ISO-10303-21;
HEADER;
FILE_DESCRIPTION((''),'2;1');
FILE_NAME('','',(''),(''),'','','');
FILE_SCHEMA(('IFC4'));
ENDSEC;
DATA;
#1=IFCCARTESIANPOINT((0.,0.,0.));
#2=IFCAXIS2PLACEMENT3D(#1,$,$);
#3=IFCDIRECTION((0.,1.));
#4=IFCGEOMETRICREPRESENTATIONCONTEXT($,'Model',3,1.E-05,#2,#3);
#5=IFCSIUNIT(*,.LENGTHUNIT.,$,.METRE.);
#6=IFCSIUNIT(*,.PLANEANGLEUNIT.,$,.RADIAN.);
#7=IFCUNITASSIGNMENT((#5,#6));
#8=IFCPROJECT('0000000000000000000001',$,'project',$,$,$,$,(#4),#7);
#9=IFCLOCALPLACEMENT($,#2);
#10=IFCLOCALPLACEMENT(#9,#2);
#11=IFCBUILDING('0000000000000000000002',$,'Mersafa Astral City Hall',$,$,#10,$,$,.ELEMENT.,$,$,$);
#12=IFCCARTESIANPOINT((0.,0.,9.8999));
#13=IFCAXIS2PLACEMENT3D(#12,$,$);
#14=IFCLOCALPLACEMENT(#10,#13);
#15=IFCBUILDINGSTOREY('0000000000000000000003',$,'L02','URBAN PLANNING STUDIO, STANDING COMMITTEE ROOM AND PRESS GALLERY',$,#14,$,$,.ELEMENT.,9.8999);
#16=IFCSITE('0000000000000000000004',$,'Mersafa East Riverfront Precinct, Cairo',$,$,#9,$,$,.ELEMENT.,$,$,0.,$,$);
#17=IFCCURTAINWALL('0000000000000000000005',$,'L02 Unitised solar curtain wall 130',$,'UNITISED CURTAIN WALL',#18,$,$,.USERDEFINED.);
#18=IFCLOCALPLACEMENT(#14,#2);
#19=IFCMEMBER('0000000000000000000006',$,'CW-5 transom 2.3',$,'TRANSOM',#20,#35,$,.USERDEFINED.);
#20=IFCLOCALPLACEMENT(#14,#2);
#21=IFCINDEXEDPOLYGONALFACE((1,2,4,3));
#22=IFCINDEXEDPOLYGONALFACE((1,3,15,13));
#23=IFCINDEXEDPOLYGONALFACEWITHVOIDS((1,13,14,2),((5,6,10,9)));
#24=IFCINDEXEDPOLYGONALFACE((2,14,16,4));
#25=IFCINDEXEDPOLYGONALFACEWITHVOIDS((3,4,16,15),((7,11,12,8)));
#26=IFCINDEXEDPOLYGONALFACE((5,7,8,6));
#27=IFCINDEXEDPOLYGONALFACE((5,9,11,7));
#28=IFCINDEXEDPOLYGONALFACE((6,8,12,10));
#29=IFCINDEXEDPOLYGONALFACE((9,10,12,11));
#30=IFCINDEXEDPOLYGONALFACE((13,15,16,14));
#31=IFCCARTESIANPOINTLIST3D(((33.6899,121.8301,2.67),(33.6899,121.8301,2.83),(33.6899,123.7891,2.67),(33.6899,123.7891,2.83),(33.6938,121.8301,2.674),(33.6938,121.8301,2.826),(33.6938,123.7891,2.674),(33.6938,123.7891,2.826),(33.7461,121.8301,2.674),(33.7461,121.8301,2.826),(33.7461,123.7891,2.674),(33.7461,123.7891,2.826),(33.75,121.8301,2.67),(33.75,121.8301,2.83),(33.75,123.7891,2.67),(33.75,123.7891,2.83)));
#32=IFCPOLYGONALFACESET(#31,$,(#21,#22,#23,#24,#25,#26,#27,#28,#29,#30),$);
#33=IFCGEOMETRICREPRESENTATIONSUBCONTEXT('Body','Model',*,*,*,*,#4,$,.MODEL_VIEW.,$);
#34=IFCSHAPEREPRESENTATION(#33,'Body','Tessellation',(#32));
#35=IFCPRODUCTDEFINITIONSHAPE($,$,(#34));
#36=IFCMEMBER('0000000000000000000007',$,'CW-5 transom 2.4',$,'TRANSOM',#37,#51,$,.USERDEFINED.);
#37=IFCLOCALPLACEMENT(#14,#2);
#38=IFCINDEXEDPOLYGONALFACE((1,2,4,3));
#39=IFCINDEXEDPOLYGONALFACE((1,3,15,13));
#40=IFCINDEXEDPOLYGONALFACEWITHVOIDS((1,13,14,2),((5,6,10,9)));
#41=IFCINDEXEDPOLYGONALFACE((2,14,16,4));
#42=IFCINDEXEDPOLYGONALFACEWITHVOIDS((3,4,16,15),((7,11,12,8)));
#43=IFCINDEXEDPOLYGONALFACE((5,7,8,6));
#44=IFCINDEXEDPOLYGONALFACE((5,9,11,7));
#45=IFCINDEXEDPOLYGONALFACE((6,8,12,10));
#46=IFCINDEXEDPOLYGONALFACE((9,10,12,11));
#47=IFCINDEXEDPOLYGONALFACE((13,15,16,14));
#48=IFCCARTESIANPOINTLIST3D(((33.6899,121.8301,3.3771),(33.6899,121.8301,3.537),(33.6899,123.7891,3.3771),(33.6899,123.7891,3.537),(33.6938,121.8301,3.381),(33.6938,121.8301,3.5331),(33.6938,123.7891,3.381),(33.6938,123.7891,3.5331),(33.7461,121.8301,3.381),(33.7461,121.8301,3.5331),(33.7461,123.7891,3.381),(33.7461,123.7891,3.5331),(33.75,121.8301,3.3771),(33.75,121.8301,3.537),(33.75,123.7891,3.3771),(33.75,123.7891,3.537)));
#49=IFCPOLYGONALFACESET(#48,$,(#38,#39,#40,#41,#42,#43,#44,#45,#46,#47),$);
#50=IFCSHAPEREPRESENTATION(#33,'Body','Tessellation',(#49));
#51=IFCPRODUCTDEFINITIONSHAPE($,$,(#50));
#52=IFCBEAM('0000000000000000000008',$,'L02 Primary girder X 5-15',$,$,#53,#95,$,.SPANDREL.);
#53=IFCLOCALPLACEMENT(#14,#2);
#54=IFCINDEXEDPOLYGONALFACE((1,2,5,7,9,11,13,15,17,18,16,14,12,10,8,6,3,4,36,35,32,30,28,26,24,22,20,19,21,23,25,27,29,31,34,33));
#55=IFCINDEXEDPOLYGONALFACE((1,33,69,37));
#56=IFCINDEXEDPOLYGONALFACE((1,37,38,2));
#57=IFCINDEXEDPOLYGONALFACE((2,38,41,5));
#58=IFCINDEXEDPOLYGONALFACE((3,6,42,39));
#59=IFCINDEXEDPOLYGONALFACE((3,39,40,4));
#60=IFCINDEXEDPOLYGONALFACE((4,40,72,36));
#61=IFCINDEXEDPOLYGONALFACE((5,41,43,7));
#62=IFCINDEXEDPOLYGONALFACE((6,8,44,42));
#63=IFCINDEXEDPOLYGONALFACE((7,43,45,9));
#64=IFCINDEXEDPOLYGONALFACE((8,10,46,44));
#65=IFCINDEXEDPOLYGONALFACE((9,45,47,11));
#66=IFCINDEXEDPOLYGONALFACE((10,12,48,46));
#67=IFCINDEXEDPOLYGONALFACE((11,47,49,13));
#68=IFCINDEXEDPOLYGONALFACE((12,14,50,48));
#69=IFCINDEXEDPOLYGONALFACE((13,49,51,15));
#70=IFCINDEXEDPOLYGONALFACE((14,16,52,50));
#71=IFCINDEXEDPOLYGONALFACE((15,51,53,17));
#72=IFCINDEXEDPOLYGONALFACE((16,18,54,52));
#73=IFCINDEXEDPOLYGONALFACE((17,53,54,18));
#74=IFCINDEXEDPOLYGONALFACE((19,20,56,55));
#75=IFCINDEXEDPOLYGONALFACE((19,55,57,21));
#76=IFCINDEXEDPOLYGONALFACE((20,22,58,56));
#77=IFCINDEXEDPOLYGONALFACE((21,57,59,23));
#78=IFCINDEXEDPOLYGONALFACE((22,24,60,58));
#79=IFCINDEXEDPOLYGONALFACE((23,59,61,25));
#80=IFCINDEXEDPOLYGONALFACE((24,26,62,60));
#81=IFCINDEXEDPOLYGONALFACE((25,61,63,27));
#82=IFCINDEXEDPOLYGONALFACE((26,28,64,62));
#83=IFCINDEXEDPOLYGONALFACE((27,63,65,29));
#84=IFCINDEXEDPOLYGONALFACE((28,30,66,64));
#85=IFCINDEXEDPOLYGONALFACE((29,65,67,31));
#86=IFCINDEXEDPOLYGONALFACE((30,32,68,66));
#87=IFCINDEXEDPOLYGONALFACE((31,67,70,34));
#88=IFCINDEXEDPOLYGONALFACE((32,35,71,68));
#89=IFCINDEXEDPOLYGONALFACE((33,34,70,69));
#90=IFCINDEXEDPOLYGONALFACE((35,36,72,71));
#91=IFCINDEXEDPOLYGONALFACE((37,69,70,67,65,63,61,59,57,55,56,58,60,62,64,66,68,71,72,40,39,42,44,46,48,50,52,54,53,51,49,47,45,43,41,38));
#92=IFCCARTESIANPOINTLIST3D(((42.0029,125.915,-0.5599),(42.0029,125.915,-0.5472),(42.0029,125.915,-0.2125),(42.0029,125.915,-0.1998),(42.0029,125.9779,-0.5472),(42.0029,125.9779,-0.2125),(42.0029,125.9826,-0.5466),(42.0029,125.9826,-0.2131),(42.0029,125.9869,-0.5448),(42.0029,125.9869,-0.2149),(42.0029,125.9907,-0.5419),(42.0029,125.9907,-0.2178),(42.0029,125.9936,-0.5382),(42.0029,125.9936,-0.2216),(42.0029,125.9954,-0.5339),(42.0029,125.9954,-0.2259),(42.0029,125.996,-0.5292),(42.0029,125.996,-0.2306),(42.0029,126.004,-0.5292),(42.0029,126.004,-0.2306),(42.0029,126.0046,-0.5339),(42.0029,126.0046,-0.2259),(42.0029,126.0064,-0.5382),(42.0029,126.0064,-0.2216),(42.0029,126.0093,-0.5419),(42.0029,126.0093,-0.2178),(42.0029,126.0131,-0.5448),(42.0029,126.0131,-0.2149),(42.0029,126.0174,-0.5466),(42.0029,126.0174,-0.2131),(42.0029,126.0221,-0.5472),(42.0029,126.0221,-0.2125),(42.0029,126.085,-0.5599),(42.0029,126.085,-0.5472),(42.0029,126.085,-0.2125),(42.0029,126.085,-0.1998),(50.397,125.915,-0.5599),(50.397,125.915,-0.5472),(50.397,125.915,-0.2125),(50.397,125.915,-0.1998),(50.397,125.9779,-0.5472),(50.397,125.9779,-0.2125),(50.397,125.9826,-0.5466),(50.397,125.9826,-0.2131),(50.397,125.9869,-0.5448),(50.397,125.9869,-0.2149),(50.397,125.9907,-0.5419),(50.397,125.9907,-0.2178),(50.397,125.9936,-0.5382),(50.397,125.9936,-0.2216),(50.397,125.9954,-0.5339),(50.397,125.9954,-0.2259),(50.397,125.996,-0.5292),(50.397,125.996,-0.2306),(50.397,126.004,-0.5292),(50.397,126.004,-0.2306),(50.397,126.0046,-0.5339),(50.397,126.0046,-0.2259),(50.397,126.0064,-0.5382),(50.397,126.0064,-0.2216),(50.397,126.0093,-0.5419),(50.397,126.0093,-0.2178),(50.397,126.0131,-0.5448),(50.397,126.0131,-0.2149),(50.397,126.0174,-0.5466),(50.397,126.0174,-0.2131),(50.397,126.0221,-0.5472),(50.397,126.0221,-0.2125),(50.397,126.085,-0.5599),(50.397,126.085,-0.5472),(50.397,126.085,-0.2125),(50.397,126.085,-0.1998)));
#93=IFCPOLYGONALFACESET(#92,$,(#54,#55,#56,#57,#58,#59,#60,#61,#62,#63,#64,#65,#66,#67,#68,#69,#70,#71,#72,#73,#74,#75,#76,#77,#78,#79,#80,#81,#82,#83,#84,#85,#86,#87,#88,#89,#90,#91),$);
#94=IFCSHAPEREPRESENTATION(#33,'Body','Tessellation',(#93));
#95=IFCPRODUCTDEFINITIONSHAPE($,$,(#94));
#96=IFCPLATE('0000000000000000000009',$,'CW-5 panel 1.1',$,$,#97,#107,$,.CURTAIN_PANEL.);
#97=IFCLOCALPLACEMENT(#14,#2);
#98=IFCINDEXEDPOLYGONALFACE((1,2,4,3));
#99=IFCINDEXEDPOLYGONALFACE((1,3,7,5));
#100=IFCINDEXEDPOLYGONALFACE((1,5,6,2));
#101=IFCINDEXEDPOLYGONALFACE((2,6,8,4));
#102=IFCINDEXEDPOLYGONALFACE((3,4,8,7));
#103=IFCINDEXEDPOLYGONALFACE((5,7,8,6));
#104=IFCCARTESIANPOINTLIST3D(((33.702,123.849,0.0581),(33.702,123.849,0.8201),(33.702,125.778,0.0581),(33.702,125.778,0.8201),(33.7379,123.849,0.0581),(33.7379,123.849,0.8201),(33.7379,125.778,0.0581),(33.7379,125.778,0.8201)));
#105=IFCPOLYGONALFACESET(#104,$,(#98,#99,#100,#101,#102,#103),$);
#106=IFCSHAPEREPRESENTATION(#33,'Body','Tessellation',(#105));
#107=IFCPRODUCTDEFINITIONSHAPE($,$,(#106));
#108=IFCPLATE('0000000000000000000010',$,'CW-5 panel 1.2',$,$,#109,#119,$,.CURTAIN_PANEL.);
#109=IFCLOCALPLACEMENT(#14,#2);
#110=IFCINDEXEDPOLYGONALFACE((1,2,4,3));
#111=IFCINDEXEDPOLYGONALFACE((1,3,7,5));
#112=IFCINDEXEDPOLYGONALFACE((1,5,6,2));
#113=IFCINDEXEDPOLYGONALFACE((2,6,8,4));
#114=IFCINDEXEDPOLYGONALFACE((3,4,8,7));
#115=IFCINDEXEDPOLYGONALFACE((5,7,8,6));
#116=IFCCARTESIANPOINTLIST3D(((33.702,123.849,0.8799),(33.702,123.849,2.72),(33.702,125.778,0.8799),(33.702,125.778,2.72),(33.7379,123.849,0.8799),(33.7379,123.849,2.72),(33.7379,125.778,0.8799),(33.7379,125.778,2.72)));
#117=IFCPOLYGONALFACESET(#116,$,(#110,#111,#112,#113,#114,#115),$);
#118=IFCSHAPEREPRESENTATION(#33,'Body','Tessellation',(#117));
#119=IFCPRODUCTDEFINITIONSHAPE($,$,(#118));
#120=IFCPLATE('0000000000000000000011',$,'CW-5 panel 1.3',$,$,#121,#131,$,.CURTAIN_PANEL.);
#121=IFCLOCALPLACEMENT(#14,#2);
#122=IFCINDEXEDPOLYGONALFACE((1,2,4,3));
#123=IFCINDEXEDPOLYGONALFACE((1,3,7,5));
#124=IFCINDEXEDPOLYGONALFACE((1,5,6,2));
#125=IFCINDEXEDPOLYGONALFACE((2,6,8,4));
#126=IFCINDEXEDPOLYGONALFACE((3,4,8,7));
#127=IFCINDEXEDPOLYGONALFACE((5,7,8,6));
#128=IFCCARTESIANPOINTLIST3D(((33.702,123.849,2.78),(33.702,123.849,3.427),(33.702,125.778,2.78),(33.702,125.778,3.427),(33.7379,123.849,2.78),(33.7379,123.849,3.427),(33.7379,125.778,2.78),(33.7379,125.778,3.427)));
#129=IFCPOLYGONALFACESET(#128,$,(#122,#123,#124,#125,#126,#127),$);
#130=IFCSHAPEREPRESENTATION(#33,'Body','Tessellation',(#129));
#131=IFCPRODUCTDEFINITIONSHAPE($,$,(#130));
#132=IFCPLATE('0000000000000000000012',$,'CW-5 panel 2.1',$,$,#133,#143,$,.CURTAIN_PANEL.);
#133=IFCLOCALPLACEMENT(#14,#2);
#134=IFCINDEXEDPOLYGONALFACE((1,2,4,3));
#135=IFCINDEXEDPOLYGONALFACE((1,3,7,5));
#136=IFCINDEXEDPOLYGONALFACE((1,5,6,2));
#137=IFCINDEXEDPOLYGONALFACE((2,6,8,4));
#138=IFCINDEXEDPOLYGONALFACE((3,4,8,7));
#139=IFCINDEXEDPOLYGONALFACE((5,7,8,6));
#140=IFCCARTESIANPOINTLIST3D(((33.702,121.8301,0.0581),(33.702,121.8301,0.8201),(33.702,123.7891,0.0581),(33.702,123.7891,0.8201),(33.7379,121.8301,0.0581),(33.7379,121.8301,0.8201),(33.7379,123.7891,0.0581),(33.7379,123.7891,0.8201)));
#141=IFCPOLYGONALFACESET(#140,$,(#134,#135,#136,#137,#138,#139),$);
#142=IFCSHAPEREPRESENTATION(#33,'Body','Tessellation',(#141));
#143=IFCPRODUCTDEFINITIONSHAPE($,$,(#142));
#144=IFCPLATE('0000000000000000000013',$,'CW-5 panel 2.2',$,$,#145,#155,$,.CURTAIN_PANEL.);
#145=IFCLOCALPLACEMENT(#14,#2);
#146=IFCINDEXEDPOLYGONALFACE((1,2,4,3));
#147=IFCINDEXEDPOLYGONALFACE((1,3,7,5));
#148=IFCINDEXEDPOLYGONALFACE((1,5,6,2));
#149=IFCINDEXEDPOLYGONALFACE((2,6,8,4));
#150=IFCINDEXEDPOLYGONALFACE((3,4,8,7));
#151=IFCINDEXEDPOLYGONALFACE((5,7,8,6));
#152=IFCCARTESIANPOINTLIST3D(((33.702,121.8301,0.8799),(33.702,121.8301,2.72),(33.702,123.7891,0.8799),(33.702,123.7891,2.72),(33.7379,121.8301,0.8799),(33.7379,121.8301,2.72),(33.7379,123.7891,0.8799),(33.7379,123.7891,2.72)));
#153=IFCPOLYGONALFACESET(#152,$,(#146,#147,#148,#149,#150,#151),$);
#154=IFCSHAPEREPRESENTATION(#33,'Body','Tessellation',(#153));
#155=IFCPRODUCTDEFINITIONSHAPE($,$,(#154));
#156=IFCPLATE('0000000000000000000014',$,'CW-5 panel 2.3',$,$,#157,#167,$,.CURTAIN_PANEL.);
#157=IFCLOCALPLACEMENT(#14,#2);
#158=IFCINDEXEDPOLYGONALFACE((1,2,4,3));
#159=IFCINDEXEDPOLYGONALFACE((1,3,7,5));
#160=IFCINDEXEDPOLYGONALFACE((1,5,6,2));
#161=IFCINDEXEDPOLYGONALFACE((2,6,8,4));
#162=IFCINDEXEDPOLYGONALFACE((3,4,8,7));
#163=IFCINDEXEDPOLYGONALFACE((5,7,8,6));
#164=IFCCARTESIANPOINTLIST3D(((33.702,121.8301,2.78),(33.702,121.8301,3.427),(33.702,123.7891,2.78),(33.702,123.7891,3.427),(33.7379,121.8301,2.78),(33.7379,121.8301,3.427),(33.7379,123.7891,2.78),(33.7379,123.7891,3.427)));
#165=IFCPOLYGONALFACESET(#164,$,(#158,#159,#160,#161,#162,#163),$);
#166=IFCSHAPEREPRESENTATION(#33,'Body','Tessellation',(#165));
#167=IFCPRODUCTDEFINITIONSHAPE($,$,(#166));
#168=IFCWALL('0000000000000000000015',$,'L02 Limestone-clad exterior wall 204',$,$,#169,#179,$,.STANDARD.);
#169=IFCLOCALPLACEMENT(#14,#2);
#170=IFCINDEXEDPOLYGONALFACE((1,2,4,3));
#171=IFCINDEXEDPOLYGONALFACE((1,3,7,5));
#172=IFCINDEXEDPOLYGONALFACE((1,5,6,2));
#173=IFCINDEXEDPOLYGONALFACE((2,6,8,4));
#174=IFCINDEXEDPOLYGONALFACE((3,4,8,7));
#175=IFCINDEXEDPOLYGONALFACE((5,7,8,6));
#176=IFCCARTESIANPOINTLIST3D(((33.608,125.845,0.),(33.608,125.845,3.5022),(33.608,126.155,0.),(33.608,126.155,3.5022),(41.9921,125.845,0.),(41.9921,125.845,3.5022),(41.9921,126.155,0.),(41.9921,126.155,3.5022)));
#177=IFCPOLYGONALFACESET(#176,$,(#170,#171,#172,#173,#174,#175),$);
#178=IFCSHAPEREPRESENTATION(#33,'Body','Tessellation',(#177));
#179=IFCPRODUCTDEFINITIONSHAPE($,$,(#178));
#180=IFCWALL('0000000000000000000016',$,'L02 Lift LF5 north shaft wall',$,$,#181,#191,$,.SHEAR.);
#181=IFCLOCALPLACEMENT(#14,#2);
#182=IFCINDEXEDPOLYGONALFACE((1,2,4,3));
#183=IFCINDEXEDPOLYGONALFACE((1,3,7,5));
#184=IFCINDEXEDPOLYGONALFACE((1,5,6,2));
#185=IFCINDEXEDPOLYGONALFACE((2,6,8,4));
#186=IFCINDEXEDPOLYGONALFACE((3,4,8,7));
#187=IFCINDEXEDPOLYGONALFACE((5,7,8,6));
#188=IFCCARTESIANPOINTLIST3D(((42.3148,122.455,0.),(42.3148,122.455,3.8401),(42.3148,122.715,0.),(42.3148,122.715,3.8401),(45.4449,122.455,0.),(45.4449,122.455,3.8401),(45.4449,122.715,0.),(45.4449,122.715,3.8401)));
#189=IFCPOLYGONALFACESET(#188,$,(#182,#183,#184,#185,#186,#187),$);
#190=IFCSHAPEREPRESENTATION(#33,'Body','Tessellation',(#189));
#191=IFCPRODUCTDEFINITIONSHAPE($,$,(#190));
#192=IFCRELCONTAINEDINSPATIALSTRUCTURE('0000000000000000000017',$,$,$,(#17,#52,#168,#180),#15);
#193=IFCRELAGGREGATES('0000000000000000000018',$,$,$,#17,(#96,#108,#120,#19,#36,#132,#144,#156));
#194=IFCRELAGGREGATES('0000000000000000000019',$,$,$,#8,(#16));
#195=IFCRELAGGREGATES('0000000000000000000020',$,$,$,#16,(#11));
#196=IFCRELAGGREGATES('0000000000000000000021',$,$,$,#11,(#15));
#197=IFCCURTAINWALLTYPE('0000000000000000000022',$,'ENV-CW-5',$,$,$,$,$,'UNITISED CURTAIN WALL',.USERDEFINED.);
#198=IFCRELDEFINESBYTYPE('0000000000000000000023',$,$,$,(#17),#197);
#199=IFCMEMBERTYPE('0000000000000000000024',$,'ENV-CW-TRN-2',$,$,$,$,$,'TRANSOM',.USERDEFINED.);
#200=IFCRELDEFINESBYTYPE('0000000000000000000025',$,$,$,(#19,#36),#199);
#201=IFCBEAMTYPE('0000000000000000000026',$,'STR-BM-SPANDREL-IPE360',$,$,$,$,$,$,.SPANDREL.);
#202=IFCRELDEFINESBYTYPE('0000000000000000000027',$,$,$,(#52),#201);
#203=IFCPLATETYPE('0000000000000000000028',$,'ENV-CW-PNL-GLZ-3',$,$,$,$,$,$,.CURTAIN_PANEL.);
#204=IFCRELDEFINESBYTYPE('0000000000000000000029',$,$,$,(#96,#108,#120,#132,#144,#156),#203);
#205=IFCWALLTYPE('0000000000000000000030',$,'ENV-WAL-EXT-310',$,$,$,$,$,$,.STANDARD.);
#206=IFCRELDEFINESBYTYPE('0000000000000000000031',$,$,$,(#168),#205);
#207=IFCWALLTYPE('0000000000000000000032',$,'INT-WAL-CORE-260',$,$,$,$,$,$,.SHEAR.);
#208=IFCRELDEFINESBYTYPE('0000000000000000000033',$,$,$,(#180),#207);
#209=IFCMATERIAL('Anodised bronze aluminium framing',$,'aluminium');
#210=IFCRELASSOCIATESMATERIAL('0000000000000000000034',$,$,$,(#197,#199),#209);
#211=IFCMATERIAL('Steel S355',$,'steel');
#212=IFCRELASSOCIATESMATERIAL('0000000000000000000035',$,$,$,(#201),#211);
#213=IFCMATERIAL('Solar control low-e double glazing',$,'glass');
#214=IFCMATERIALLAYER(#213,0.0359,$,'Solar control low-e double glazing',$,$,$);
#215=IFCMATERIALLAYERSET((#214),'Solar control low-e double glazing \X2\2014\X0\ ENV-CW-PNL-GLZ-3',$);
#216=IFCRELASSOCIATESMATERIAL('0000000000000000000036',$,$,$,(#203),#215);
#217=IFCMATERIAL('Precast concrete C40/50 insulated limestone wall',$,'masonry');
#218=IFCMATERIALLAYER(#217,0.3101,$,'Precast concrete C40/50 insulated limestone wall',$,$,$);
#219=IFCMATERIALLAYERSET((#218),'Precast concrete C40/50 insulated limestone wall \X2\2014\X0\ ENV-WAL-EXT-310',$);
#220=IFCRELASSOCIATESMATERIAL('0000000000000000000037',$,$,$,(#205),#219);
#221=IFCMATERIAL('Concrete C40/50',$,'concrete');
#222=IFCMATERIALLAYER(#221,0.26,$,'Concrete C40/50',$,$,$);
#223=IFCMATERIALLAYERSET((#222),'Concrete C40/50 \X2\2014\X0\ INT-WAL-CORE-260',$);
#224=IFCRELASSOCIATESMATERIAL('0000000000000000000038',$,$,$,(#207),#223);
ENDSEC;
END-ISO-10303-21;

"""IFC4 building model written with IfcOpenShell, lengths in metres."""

from ifc_helpers import new_model, si_unit, direction, frame, frame_2d, origin, origin_2d, place, context, subcontext, project, spatial, rectangle, hollow_rectangle, i_section, extrude, material, layer, layer_set, material_profile, profile_set, type_object, element, aggregate, save


model = new_model("IFC4")

# Units and contexts
model_context = context("Model", 3, precision=1e-05, world=origin(), true_north=direction((0.0, 1.0)))
body_context = subcontext(model_context, "Body", "Model", "MODEL_VIEW")
ifc_project = project(units=[si_unit("LENGTHUNIT", "METRE"), si_unit("PLANEANGLEUNIT", "RADIAN")], contexts=[model_context])

# Site, building, storey
site_placement = place(None, origin())
site = spatial("IfcSite", under=ifc_project, at=site_placement, Name="Mersafa East Riverfront Precinct, Cairo", CompositionType="ELEMENT", RefElevation=0.0)
building_placement = place(site_placement, origin())
building = spatial("IfcBuilding", under=site, at=building_placement, Name="Mersafa Astral City Hall", CompositionType="ELEMENT")
storey_placement = place(building_placement, frame((0.0, 0.0, 9.8999)))
storey = spatial("IfcBuildingStorey", under=building, at=storey_placement, Name="L02", Description="URBAN PLANNING STUDIO, STANDING COMMITTEE ROOM AND PRESS GALLERY", CompositionType="ELEMENT", Elevation=9.8999)

# Shared definitions
ifc_material_1 = material(Name="Steel S355", Category="steel")

# Curtain wall, members
ifc_material_2 = material(Name="Anodised bronze aluminium framing", Category="aluminium")
curtain_wall_type = type_object("IfcCurtainWallType", Name="ENV-CW-5", ElementType="UNITISED CURTAIN WALL", PredefinedType="USERDEFINED", material=ifc_material_2)
curtain_wall_placement = place(storey_placement, origin())
curtain_wall = element("IfcCurtainWall", 1, at=curtain_wall_placement, inside=storey, type_object=curtain_wall_type, Name="L02 Unitised solar curtain wall 130", ObjectType="UNITISED CURTAIN WALL", PredefinedType="USERDEFINED")
ifc_material_profile_1 = material_profile(ifc_material_2, hollow_rectangle(XDim=0.0601, YDim=0.1599, WallThickness=0.0039, at=origin_2d()), Name="RHS 60x160x4")
ifc_profile_set_1 = profile_set([ifc_material_profile_1], Name="Anodised bronze aluminium framing")
member_type_1 = type_object("IfcMemberType", Name="ENV-CW-TRN-2", ElementType="TRANSOM", PredefinedType="USERDEFINED", material=ifc_profile_set_1)
member_1_placement = place(storey_placement, frame((33.72, 123.7891, 2.75), z_axis=(0.0, -1.0, 0.0), x_axis=(1.0, 0.0, 0.0)))
member_1 = element("IfcMember", 2, at=member_1_placement, type_object=member_type_1, Name="CW-5 transom 2.3", ObjectType="TRANSOM", PredefinedType="USERDEFINED", context=body_context, shape_type="SweptSolid", body=[
    extrude(hollow_rectangle(XDim=0.0601, YDim=0.1599, WallThickness=0.0039, at=origin_2d()), origin(), (0.0, 0.0, 1.0), 1.959),
])
member_2_placement = place(storey_placement, frame((33.72, 123.7891, 3.457), z_axis=(0.0, -1.0, 0.0), x_axis=(1.0, 0.0, 0.0)))
member_2 = element("IfcMember", 3, at=member_2_placement, type_object=member_type_1, Name="CW-5 transom 2.4", ObjectType="TRANSOM", PredefinedType="USERDEFINED", context=body_context, shape_type="SweptSolid", body=[
    extrude(hollow_rectangle(XDim=0.0601, YDim=0.1599, WallThickness=0.0039, at=origin_2d()), origin(), (0.0, 0.0, 1.0), 1.959),
])

# Beam
ifc_material_profile_2 = material_profile(ifc_material_1, i_section(OverallWidth=0.1699, OverallDepth=0.3601, WebThickness=0.0081, FlangeThickness=0.0127, FilletRadius=0.0181, at=origin_2d()), Name="IPE 360")
ifc_profile_set_2 = profile_set([ifc_material_profile_2], Name="Steel S355")
beam_type = type_object("IfcBeamType", Name="STR-BM-SPANDREL-IPE360", PredefinedType="SPANDREL", material=ifc_profile_set_2)
beam_placement = place(storey_placement, frame((42.0029, 126.0, -0.3799), z_axis=(1.0, 0.0, 0.0), x_axis=(0.0, 1.0, 0.0)))
element("IfcBeam", 4, at=beam_placement, inside=storey, type_object=beam_type, Name="L02 Primary girder X 5-15", PredefinedType="SPANDREL", context=body_context, shape_type="SweptSolid", body=[
    extrude(i_section(OverallWidth=0.1699, OverallDepth=0.3601, WebThickness=0.0081, FlangeThickness=0.0127, FilletRadius=0.0181, at=origin_2d()), origin(), (0.0, 0.0, 1.0), 8.394),
])

# Plates
ifc_material_3 = material(Name="Solar control low-e double glazing", Category="glass")
ifc_layer_1 = layer(ifc_material_3, 0.0359, Name="Solar control low-e double glazing")
ifc_layer_set_1 = layer_set([ifc_layer_1], Name="Solar control low-e double glazing — ENV-CW-PNL-GLZ-3")
plate_type = type_object("IfcPlateType", Name="ENV-CW-PNL-GLZ-3", PredefinedType="CURTAIN_PANEL", material=ifc_layer_set_1)
plate_1_placement = place(storey_placement, frame((33.72, 124.8135, 0.0581), z_axis=(0.0, 0.0, 1.0), x_axis=(0.0, -1.0, 0.0)))
plate_1 = element("IfcPlate", 5, at=plate_1_placement, type_object=plate_type, Name="CW-5 panel 1.1", PredefinedType="CURTAIN_PANEL", context=body_context, shape_type="SweptSolid", body=[
    extrude(rectangle(XDim=1.929, YDim=0.0359, at=origin_2d()), origin(), (0.0, 0.0, 1.0), 0.762),
])
plate_2_placement = place(storey_placement, frame((33.72, 124.8135, 0.8799), z_axis=(0.0, 0.0, 1.0), x_axis=(0.0, -1.0, 0.0)))
plate_2 = element("IfcPlate", 6, at=plate_2_placement, type_object=plate_type, Name="CW-5 panel 1.2", PredefinedType="CURTAIN_PANEL", context=body_context, shape_type="SweptSolid", body=[
    extrude(rectangle(XDim=1.929, YDim=0.0359, at=origin_2d()), origin(), (0.0, 0.0, 1.0), 1.8401),
])
plate_3_placement = place(storey_placement, frame((33.72, 124.8135, 2.78), z_axis=(0.0, 0.0, 1.0), x_axis=(0.0, -1.0, 0.0)))
plate_3 = element("IfcPlate", 7, at=plate_3_placement, type_object=plate_type, Name="CW-5 panel 1.3", PredefinedType="CURTAIN_PANEL", context=body_context, shape_type="SweptSolid", body=[
    extrude(rectangle(XDim=1.929, YDim=0.0359, at=origin_2d()), origin(), (0.0, 0.0, 1.0), 0.647),
])
plate_4_placement = place(storey_placement, frame((33.72, 122.8096, 0.0581), z_axis=(0.0, 0.0, 1.0), x_axis=(0.0, -1.0, 0.0)))
plate_4 = element("IfcPlate", 8, at=plate_4_placement, type_object=plate_type, Name="CW-5 panel 2.1", PredefinedType="CURTAIN_PANEL", context=body_context, shape_type="SweptSolid", body=[
    extrude(rectangle(XDim=1.959, YDim=0.0359, at=origin_2d()), origin(), (0.0, 0.0, 1.0), 0.762),
])
plate_5_placement = place(storey_placement, frame((33.72, 122.8096, 0.8799), z_axis=(0.0, 0.0, 1.0), x_axis=(0.0, -1.0, 0.0)))
plate_5 = element("IfcPlate", 9, at=plate_5_placement, type_object=plate_type, Name="CW-5 panel 2.2", PredefinedType="CURTAIN_PANEL", context=body_context, shape_type="SweptSolid", body=[
    extrude(rectangle(XDim=1.959, YDim=0.0359, at=origin_2d()), origin(), (0.0, 0.0, 1.0), 1.8401),
])
plate_6_placement = place(storey_placement, frame((33.72, 122.8096, 2.78), z_axis=(0.0, 0.0, 1.0), x_axis=(0.0, -1.0, 0.0)))
plate_6 = element("IfcPlate", 10, at=plate_6_placement, type_object=plate_type, Name="CW-5 panel 2.3", PredefinedType="CURTAIN_PANEL", context=body_context, shape_type="SweptSolid", body=[
    extrude(rectangle(XDim=1.959, YDim=0.0359, at=origin_2d()), origin(), (0.0, 0.0, 1.0), 0.647),
])
aggregate(curtain_wall, [plate_1, plate_2, plate_3, member_1, member_2, plate_4, plate_5, plate_6])

# Walls
ifc_material_4 = material(Name="Precast concrete C40/50 insulated limestone wall", Category="masonry")
ifc_layer_2 = layer(ifc_material_4, 0.3101, Name="Precast concrete C40/50 insulated limestone wall")
ifc_layer_set_2 = layer_set([ifc_layer_2], Name="Precast concrete C40/50 insulated limestone wall — ENV-WAL-EXT-310")
wall_type_1 = type_object("IfcWallType", Name="ENV-WAL-EXT-310", PredefinedType="STANDARD", material=ifc_layer_set_2)
wall_1_placement = place(storey_placement, frame((41.9919, 126.0, 0.0), z_axis=(0.0, 0.0, 1.0), x_axis=(-1.0, 0.0, 0.0)))
element("IfcWall", 11, at=wall_1_placement, inside=storey, type_object=wall_type_1, Name="L02 Limestone-clad exterior wall 204", PredefinedType="STANDARD", context=body_context, shape_type="SweptSolid", body=[
    extrude(rectangle(XDim=8.384, YDim=0.3101, at=frame_2d((4.1919, 0.0))), origin(), (0.0, 0.0, 1.0), 3.5022),
])
ifc_material_5 = material(Name="Concrete C40/50", Category="concrete")
ifc_layer_3 = layer(ifc_material_5, 0.26, Name="Concrete C40/50")
ifc_layer_set_3 = layer_set([ifc_layer_3], Name="Concrete C40/50 — INT-WAL-CORE-260")
wall_type_2 = type_object("IfcWallType", Name="INT-WAL-CORE-260", PredefinedType="SHEAR", material=ifc_layer_set_3)
for number, where, z_axis, x_axis, name in (
    (12, (42.3149, 122.585, 0.0), (0.0, 0.0, 1.0), (1.0, 0.0, 0.0), "L02 Lift LF5 north shaft wall"),
):
    element("IfcWall", number, at=place(storey_placement, frame(where, z_axis=z_axis, x_axis=x_axis)), inside=storey, type_object=wall_type_2, Name=name, PredefinedType="SHEAR", context=body_context, shape_type="SweptSolid", body=[
        extrude(rectangle(XDim=3.1301, YDim=0.26, at=frame_2d((1.5649, 0.0))), origin(), (0.0, 0.0, 1.0), 3.8401),
    ])

save(model, "model.ifc")
